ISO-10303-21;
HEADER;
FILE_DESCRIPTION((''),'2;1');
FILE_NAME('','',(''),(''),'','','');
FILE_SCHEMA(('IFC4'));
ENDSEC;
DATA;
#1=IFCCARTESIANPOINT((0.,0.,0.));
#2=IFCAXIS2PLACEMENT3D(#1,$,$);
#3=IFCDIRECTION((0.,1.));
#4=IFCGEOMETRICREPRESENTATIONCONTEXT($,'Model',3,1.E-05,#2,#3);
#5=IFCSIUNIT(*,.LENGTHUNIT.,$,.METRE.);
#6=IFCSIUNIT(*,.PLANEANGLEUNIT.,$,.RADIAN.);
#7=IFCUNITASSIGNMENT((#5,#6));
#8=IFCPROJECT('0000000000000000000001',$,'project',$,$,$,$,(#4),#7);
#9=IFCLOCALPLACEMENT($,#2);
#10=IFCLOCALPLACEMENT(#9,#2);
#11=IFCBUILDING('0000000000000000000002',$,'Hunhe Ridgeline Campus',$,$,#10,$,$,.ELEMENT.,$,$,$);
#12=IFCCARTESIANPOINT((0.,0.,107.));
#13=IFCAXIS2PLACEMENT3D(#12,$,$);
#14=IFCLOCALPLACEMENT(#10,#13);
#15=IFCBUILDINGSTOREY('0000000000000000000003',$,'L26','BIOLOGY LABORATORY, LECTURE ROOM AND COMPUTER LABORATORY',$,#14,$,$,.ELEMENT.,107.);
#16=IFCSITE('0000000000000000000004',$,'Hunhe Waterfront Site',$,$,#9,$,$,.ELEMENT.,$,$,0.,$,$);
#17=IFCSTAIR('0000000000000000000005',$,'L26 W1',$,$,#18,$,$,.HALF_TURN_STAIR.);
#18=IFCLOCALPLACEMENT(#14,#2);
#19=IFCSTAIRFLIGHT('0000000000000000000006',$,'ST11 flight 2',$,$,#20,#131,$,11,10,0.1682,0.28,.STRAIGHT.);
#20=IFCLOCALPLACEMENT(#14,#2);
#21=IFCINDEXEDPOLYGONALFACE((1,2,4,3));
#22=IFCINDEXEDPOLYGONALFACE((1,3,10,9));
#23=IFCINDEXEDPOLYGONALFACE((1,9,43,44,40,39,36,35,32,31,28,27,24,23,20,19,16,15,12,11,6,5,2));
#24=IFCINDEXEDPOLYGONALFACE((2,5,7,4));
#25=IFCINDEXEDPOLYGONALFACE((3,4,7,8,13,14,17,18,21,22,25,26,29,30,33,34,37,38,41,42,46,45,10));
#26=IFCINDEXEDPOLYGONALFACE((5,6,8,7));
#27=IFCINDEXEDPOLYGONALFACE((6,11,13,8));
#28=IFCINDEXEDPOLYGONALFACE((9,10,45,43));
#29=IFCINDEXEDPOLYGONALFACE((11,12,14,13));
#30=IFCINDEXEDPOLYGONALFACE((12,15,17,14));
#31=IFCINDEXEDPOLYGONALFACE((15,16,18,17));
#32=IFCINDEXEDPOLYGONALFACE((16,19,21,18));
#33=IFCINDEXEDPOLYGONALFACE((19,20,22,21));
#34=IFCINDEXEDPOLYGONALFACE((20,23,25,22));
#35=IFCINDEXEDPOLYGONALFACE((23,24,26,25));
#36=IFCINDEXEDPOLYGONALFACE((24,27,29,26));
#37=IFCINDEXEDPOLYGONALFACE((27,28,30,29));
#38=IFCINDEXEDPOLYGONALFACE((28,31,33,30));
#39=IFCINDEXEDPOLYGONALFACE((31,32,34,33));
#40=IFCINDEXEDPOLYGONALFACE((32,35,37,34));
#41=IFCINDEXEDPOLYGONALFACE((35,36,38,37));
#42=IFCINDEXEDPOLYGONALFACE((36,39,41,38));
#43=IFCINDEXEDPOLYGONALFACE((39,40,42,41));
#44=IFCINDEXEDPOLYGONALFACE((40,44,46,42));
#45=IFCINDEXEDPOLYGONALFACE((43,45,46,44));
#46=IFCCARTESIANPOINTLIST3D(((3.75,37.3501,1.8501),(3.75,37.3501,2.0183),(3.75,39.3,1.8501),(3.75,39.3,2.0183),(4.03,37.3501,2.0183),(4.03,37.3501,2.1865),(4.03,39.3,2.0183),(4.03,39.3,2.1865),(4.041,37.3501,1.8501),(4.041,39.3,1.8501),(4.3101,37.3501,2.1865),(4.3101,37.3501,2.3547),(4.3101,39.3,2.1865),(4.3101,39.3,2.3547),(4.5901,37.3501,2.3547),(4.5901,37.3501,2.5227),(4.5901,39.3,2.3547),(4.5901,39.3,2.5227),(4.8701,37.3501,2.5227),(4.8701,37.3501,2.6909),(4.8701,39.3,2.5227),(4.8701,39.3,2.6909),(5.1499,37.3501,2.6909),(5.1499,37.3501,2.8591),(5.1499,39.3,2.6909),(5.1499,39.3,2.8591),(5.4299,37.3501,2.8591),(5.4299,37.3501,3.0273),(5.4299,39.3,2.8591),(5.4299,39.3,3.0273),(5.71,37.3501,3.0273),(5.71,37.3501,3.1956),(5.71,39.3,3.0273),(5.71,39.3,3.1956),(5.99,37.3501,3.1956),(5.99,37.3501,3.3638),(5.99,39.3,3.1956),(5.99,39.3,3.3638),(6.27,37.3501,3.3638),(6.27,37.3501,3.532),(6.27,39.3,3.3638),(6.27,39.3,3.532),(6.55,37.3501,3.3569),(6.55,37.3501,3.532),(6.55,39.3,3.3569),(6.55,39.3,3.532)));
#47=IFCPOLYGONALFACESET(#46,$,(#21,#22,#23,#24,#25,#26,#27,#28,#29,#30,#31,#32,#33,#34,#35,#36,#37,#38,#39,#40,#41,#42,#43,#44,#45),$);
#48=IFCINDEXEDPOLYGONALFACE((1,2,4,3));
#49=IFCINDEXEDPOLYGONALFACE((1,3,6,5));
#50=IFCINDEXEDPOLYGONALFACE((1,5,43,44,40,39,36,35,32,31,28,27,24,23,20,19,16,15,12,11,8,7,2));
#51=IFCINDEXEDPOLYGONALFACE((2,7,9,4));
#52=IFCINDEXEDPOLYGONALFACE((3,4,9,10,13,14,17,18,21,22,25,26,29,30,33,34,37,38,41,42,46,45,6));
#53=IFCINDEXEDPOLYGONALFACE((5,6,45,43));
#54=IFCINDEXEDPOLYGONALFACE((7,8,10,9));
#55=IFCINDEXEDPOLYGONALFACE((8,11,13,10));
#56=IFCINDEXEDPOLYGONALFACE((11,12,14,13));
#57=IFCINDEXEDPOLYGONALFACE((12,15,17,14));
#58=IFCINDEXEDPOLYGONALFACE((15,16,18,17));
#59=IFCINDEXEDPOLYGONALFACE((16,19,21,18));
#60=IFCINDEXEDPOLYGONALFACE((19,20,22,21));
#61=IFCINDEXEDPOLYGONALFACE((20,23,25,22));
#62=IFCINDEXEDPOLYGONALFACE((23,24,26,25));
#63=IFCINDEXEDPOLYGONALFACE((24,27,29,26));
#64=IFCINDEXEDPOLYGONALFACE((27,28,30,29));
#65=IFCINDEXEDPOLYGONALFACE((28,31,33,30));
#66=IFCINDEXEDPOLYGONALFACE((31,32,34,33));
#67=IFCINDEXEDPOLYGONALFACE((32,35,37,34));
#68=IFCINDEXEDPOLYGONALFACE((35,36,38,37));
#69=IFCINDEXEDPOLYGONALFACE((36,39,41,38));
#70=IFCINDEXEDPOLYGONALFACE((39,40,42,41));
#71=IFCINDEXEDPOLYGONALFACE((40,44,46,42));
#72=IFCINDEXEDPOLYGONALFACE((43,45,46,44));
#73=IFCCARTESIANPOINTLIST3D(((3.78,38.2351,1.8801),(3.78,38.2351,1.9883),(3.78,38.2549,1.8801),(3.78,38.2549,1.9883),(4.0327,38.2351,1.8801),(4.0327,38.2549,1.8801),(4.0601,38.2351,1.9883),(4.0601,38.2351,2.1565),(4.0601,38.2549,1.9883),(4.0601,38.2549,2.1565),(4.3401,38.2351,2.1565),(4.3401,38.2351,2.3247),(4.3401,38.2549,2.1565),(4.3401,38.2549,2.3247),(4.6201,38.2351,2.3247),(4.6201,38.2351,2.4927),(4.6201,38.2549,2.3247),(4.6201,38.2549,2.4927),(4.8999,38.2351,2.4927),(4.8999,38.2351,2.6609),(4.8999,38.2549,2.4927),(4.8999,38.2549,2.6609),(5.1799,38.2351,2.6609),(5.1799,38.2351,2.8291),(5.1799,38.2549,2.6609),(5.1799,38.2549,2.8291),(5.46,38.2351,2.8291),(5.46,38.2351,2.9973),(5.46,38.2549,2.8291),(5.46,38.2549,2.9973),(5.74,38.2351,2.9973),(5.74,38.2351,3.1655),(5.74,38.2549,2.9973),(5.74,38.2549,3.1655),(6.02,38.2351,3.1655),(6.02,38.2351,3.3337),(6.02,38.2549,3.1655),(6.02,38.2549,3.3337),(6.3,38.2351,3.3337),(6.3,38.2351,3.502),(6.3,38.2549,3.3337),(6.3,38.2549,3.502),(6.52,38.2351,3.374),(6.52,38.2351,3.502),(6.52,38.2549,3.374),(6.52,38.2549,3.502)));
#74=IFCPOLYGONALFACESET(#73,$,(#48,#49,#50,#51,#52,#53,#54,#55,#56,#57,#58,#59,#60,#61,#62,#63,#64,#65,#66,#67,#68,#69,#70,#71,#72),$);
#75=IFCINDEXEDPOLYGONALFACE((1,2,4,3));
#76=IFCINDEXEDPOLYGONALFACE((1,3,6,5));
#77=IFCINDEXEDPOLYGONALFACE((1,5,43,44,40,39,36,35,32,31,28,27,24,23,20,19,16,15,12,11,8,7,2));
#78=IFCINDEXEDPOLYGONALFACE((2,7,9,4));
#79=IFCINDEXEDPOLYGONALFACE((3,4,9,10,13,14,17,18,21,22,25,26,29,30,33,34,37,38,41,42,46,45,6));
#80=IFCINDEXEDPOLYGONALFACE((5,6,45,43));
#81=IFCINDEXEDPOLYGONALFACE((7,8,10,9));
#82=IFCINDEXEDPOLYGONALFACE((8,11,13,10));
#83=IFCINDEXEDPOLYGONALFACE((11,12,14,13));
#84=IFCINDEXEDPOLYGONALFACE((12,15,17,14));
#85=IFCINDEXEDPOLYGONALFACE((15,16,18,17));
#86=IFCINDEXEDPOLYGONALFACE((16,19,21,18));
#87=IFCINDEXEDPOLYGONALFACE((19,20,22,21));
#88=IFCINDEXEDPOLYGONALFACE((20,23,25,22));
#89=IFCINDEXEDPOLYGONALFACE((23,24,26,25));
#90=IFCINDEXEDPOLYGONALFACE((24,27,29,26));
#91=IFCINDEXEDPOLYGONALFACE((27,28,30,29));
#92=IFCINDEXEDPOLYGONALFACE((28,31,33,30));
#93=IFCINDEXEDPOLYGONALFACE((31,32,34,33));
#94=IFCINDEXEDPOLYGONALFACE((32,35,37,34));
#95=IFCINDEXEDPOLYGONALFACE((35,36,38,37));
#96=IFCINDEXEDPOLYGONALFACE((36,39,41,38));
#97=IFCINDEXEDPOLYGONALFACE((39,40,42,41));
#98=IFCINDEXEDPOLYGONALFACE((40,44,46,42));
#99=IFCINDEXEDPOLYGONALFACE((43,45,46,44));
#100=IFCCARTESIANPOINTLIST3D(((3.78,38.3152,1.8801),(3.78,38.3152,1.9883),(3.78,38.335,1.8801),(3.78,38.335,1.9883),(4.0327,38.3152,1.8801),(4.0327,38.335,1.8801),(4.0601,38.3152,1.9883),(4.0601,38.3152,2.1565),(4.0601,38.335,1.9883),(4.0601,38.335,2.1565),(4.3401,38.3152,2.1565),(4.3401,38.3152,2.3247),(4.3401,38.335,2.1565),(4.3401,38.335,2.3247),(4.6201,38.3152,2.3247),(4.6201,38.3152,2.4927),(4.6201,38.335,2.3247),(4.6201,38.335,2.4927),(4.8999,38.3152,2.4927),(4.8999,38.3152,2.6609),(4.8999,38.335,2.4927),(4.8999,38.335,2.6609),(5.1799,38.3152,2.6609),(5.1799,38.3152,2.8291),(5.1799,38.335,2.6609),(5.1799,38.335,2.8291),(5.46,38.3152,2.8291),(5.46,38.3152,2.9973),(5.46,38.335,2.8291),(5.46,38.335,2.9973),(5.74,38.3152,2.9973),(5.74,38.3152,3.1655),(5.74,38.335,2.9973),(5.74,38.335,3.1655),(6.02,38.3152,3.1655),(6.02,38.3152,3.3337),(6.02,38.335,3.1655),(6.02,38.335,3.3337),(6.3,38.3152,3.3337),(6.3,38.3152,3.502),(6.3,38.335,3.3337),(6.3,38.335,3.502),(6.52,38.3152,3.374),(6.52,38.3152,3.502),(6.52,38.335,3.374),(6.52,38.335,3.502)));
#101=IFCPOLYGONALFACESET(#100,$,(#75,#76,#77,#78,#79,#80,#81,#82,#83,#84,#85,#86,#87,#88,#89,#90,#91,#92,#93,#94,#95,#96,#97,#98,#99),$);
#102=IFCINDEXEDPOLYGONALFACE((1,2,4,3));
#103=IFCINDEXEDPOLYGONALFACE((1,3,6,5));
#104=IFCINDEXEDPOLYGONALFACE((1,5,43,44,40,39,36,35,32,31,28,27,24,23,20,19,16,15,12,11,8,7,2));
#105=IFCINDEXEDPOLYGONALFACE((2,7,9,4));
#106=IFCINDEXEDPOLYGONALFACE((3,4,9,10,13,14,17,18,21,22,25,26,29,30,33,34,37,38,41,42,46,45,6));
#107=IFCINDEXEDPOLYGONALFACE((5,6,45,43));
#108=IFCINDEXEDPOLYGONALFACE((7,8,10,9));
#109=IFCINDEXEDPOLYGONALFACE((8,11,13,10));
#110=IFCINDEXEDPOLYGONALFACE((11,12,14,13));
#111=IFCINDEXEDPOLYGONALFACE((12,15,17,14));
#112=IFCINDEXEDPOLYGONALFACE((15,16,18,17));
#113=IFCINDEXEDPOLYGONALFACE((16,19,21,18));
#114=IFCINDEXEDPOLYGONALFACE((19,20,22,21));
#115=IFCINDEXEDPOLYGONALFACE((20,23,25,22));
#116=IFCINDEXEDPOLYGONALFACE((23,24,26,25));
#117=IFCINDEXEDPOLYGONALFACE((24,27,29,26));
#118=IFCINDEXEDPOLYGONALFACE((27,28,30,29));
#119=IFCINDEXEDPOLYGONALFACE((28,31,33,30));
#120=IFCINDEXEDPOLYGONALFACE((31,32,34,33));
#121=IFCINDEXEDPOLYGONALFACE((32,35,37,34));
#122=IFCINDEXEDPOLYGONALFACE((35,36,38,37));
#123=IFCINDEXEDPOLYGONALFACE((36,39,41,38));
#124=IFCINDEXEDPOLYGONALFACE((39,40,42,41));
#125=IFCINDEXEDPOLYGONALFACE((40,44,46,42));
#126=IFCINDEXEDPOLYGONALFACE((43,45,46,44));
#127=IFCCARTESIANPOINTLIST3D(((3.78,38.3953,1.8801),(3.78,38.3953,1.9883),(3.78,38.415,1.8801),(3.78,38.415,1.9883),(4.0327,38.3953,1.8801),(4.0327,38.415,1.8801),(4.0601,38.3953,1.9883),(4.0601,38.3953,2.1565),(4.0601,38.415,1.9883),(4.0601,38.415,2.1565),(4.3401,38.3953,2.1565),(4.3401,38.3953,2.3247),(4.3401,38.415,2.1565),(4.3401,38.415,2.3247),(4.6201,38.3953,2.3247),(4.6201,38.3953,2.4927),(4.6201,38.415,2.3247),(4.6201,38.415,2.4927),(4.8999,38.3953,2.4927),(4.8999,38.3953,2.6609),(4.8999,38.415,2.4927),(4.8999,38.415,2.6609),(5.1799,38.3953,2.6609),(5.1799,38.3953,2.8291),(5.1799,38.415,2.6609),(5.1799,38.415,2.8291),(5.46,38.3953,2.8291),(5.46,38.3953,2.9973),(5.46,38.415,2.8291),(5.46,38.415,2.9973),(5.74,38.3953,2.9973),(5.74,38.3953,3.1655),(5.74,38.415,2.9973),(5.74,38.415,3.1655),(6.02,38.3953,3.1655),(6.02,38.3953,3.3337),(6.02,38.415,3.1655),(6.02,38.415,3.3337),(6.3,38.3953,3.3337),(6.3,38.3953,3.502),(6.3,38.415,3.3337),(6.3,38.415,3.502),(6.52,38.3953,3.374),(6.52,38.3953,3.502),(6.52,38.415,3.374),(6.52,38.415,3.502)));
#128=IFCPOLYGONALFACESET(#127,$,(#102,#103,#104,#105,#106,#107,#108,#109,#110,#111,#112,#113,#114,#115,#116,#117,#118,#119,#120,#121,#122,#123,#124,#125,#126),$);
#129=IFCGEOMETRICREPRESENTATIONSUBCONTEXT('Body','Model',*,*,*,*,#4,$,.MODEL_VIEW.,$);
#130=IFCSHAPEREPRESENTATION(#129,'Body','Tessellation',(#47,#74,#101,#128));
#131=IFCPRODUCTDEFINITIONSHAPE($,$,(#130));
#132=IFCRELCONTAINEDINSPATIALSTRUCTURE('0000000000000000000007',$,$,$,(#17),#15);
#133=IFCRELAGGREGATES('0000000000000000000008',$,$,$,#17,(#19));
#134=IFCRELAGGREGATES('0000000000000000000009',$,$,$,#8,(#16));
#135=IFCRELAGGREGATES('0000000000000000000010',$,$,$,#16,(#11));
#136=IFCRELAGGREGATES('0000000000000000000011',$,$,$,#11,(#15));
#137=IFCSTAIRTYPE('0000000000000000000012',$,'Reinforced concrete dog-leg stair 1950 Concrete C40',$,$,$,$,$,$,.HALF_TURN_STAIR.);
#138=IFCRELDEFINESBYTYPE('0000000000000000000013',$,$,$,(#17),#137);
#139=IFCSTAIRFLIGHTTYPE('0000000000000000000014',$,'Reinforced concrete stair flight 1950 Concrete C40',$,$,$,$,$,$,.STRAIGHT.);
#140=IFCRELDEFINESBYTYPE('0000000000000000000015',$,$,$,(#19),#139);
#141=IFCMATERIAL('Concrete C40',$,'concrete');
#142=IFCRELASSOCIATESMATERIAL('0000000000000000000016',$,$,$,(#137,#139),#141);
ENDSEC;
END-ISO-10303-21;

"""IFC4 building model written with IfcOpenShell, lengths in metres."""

from ifc_helpers import new_model, si_unit, direction, frame, origin, place, context, subcontext, project, spatial, polyline, outline, extrude, material, type_object, element, aggregate, save


model = new_model("IFC4")

# Units and contexts
model_context = context("Model", 3, precision=1e-05, world=origin(), true_north=direction((0.0, 1.0)))
body_context = subcontext(model_context, "Body", "Model", "MODEL_VIEW")
ifc_project = project(units=[si_unit("LENGTHUNIT", "METRE"), si_unit("PLANEANGLEUNIT", "RADIAN")], contexts=[model_context])

# Site, building, storey
site_placement = place(None, origin())
site = spatial("IfcSite", under=ifc_project, at=site_placement, Name="Hunhe Waterfront Site", CompositionType="ELEMENT", RefElevation=0.0)
building_placement = place(site_placement, origin())
building = spatial("IfcBuilding", under=site, at=building_placement, Name="Hunhe Ridgeline Campus", CompositionType="ELEMENT")
storey_placement = place(building_placement, frame((0.0, 0.0, 107.0)))
storey = spatial("IfcBuildingStorey", under=building, at=storey_placement, Name="L26", Description="BIOLOGY LABORATORY, LECTURE ROOM AND COMPUTER LABORATORY", CompositionType="ELEMENT", Elevation=107.0)

# Shared definitions
ifc_material_1 = material(Name="Concrete C40", Category="concrete")
stair_type = type_object("IfcStairType", Name="Reinforced concrete dog-leg stair 1950 Concrete C40", PredefinedType="HALF_TURN_STAIR", material=ifc_material_1)
stair_flight_type = type_object("IfcStairFlightType", Name="Reinforced concrete stair flight 1950 Concrete C40", PredefinedType="STRAIGHT", material=ifc_material_1)

# Stair, stair flight
stair_1_placement = place(storey_placement, origin())
stair_1 = element("IfcStair", 1, at=stair_1_placement, inside=storey, type_object=stair_type, Name="L26 W1", PredefinedType="HALF_TURN_STAIR")
stair_flight_1_placement = place(storey_placement, frame((3.75, 38.325, 1.8501), z_axis=(0.0, 0.0, 1.0), x_axis=(1.0, 0.0, 0.0)))
stair_flight_1 = element("IfcStairFlight", 2, at=stair_flight_1_placement, type_object=stair_flight_type, Name="ST11 flight 2", NumberOfRisers=11, NumberOfTreads=10, PredefinedType="STRAIGHT", RiserHeight=0.1682, TreadLength=0.28, context=body_context, shape_type="SweptSolid", body=[
    extrude(outline(polyline([(0.0, 0.0), (0.0, 0.1682), (0.28, 0.1682), (0.28, 0.3364), (0.5601, 0.3364), (0.5601, 0.5046), (0.8401, 0.5046), (0.8401, 0.6726), (1.1201, 0.6726), (1.1201, 0.8408), (1.3999, 0.8408), (1.3999, 1.009), (1.6799, 1.009), (1.6799, 1.1772), (1.96, 1.1772), (1.96, 1.3455), (2.24, 1.3455), (2.24, 1.5137), (2.52, 1.5137), (2.52, 1.6819), (2.8, 1.6819), (2.8, 1.8501), (2.8, 1.5068), (0.291, 0.0), (0.0, 0.0)])), frame((0.0, 0.9751, 0.0), z_axis=(0.0, -1.0, 0.0), x_axis=(1.0, 0.0, 0.0)), (0.0, 0.0, 1.0), 1.95),
    extrude(outline(polyline([(0.03, 0.03), (0.03, 0.1382), (0.3101, 0.1382), (0.3101, 0.3064), (0.5901, 0.3064), (0.5901, 0.4746), (0.8701, 0.4746), (0.8701, 0.6426), (1.1499, 0.6426), (1.1499, 0.8108), (1.4299, 0.8108), (1.4299, 0.979), (1.71, 0.979), (1.71, 1.1472), (1.99, 1.1472), (1.99, 1.3154), (2.27, 1.3154), (2.27, 1.4836), (2.55, 1.4836), (2.55, 1.6519), (2.77, 1.6519), (2.77, 1.5239), (0.2827, 0.03), (0.03, 0.03)])), frame((0.0, -0.0701, 0.0), z_axis=(0.0, -1.0, 0.0), x_axis=(1.0, 0.0, 0.0)), (0.0, 0.0, 1.0), 0.0198),
    extrude(outline(polyline([(0.03, 0.03), (0.03, 0.1382), (0.3101, 0.1382), (0.3101, 0.3064), (0.5901, 0.3064), (0.5901, 0.4746), (0.8701, 0.4746), (0.8701, 0.6426), (1.1499, 0.6426), (1.1499, 0.8108), (1.4299, 0.8108), (1.4299, 0.979), (1.71, 0.979), (1.71, 1.1472), (1.99, 1.1472), (1.99, 1.3154), (2.27, 1.3154), (2.27, 1.4836), (2.55, 1.4836), (2.55, 1.6519), (2.77, 1.6519), (2.77, 1.5239), (0.2827, 0.03), (0.03, 0.03)])), frame((0.0, 0.01, 0.0), z_axis=(0.0, -1.0, 0.0), x_axis=(1.0, 0.0, 0.0)), (0.0, 0.0, 1.0), 0.0198),
    extrude(outline(polyline([(0.03, 0.03), (0.03, 0.1382), (0.3101, 0.1382), (0.3101, 0.3064), (0.5901, 0.3064), (0.5901, 0.4746), (0.8701, 0.4746), (0.8701, 0.6426), (1.1499, 0.6426), (1.1499, 0.8108), (1.4299, 0.8108), (1.4299, 0.979), (1.71, 0.979), (1.71, 1.1472), (1.99, 1.1472), (1.99, 1.3154), (2.27, 1.3154), (2.27, 1.4836), (2.55, 1.4836), (2.55, 1.6519), (2.77, 1.6519), (2.77, 1.5239), (0.2827, 0.03), (0.03, 0.03)])), frame((0.0, 0.0901, 0.0), z_axis=(0.0, -1.0, 0.0), x_axis=(1.0, 0.0, 0.0)), (0.0, 0.0, 1.0), 0.0198),
])
aggregate(stair_1, [stair_flight_1])

save(model, "model.ifc")
